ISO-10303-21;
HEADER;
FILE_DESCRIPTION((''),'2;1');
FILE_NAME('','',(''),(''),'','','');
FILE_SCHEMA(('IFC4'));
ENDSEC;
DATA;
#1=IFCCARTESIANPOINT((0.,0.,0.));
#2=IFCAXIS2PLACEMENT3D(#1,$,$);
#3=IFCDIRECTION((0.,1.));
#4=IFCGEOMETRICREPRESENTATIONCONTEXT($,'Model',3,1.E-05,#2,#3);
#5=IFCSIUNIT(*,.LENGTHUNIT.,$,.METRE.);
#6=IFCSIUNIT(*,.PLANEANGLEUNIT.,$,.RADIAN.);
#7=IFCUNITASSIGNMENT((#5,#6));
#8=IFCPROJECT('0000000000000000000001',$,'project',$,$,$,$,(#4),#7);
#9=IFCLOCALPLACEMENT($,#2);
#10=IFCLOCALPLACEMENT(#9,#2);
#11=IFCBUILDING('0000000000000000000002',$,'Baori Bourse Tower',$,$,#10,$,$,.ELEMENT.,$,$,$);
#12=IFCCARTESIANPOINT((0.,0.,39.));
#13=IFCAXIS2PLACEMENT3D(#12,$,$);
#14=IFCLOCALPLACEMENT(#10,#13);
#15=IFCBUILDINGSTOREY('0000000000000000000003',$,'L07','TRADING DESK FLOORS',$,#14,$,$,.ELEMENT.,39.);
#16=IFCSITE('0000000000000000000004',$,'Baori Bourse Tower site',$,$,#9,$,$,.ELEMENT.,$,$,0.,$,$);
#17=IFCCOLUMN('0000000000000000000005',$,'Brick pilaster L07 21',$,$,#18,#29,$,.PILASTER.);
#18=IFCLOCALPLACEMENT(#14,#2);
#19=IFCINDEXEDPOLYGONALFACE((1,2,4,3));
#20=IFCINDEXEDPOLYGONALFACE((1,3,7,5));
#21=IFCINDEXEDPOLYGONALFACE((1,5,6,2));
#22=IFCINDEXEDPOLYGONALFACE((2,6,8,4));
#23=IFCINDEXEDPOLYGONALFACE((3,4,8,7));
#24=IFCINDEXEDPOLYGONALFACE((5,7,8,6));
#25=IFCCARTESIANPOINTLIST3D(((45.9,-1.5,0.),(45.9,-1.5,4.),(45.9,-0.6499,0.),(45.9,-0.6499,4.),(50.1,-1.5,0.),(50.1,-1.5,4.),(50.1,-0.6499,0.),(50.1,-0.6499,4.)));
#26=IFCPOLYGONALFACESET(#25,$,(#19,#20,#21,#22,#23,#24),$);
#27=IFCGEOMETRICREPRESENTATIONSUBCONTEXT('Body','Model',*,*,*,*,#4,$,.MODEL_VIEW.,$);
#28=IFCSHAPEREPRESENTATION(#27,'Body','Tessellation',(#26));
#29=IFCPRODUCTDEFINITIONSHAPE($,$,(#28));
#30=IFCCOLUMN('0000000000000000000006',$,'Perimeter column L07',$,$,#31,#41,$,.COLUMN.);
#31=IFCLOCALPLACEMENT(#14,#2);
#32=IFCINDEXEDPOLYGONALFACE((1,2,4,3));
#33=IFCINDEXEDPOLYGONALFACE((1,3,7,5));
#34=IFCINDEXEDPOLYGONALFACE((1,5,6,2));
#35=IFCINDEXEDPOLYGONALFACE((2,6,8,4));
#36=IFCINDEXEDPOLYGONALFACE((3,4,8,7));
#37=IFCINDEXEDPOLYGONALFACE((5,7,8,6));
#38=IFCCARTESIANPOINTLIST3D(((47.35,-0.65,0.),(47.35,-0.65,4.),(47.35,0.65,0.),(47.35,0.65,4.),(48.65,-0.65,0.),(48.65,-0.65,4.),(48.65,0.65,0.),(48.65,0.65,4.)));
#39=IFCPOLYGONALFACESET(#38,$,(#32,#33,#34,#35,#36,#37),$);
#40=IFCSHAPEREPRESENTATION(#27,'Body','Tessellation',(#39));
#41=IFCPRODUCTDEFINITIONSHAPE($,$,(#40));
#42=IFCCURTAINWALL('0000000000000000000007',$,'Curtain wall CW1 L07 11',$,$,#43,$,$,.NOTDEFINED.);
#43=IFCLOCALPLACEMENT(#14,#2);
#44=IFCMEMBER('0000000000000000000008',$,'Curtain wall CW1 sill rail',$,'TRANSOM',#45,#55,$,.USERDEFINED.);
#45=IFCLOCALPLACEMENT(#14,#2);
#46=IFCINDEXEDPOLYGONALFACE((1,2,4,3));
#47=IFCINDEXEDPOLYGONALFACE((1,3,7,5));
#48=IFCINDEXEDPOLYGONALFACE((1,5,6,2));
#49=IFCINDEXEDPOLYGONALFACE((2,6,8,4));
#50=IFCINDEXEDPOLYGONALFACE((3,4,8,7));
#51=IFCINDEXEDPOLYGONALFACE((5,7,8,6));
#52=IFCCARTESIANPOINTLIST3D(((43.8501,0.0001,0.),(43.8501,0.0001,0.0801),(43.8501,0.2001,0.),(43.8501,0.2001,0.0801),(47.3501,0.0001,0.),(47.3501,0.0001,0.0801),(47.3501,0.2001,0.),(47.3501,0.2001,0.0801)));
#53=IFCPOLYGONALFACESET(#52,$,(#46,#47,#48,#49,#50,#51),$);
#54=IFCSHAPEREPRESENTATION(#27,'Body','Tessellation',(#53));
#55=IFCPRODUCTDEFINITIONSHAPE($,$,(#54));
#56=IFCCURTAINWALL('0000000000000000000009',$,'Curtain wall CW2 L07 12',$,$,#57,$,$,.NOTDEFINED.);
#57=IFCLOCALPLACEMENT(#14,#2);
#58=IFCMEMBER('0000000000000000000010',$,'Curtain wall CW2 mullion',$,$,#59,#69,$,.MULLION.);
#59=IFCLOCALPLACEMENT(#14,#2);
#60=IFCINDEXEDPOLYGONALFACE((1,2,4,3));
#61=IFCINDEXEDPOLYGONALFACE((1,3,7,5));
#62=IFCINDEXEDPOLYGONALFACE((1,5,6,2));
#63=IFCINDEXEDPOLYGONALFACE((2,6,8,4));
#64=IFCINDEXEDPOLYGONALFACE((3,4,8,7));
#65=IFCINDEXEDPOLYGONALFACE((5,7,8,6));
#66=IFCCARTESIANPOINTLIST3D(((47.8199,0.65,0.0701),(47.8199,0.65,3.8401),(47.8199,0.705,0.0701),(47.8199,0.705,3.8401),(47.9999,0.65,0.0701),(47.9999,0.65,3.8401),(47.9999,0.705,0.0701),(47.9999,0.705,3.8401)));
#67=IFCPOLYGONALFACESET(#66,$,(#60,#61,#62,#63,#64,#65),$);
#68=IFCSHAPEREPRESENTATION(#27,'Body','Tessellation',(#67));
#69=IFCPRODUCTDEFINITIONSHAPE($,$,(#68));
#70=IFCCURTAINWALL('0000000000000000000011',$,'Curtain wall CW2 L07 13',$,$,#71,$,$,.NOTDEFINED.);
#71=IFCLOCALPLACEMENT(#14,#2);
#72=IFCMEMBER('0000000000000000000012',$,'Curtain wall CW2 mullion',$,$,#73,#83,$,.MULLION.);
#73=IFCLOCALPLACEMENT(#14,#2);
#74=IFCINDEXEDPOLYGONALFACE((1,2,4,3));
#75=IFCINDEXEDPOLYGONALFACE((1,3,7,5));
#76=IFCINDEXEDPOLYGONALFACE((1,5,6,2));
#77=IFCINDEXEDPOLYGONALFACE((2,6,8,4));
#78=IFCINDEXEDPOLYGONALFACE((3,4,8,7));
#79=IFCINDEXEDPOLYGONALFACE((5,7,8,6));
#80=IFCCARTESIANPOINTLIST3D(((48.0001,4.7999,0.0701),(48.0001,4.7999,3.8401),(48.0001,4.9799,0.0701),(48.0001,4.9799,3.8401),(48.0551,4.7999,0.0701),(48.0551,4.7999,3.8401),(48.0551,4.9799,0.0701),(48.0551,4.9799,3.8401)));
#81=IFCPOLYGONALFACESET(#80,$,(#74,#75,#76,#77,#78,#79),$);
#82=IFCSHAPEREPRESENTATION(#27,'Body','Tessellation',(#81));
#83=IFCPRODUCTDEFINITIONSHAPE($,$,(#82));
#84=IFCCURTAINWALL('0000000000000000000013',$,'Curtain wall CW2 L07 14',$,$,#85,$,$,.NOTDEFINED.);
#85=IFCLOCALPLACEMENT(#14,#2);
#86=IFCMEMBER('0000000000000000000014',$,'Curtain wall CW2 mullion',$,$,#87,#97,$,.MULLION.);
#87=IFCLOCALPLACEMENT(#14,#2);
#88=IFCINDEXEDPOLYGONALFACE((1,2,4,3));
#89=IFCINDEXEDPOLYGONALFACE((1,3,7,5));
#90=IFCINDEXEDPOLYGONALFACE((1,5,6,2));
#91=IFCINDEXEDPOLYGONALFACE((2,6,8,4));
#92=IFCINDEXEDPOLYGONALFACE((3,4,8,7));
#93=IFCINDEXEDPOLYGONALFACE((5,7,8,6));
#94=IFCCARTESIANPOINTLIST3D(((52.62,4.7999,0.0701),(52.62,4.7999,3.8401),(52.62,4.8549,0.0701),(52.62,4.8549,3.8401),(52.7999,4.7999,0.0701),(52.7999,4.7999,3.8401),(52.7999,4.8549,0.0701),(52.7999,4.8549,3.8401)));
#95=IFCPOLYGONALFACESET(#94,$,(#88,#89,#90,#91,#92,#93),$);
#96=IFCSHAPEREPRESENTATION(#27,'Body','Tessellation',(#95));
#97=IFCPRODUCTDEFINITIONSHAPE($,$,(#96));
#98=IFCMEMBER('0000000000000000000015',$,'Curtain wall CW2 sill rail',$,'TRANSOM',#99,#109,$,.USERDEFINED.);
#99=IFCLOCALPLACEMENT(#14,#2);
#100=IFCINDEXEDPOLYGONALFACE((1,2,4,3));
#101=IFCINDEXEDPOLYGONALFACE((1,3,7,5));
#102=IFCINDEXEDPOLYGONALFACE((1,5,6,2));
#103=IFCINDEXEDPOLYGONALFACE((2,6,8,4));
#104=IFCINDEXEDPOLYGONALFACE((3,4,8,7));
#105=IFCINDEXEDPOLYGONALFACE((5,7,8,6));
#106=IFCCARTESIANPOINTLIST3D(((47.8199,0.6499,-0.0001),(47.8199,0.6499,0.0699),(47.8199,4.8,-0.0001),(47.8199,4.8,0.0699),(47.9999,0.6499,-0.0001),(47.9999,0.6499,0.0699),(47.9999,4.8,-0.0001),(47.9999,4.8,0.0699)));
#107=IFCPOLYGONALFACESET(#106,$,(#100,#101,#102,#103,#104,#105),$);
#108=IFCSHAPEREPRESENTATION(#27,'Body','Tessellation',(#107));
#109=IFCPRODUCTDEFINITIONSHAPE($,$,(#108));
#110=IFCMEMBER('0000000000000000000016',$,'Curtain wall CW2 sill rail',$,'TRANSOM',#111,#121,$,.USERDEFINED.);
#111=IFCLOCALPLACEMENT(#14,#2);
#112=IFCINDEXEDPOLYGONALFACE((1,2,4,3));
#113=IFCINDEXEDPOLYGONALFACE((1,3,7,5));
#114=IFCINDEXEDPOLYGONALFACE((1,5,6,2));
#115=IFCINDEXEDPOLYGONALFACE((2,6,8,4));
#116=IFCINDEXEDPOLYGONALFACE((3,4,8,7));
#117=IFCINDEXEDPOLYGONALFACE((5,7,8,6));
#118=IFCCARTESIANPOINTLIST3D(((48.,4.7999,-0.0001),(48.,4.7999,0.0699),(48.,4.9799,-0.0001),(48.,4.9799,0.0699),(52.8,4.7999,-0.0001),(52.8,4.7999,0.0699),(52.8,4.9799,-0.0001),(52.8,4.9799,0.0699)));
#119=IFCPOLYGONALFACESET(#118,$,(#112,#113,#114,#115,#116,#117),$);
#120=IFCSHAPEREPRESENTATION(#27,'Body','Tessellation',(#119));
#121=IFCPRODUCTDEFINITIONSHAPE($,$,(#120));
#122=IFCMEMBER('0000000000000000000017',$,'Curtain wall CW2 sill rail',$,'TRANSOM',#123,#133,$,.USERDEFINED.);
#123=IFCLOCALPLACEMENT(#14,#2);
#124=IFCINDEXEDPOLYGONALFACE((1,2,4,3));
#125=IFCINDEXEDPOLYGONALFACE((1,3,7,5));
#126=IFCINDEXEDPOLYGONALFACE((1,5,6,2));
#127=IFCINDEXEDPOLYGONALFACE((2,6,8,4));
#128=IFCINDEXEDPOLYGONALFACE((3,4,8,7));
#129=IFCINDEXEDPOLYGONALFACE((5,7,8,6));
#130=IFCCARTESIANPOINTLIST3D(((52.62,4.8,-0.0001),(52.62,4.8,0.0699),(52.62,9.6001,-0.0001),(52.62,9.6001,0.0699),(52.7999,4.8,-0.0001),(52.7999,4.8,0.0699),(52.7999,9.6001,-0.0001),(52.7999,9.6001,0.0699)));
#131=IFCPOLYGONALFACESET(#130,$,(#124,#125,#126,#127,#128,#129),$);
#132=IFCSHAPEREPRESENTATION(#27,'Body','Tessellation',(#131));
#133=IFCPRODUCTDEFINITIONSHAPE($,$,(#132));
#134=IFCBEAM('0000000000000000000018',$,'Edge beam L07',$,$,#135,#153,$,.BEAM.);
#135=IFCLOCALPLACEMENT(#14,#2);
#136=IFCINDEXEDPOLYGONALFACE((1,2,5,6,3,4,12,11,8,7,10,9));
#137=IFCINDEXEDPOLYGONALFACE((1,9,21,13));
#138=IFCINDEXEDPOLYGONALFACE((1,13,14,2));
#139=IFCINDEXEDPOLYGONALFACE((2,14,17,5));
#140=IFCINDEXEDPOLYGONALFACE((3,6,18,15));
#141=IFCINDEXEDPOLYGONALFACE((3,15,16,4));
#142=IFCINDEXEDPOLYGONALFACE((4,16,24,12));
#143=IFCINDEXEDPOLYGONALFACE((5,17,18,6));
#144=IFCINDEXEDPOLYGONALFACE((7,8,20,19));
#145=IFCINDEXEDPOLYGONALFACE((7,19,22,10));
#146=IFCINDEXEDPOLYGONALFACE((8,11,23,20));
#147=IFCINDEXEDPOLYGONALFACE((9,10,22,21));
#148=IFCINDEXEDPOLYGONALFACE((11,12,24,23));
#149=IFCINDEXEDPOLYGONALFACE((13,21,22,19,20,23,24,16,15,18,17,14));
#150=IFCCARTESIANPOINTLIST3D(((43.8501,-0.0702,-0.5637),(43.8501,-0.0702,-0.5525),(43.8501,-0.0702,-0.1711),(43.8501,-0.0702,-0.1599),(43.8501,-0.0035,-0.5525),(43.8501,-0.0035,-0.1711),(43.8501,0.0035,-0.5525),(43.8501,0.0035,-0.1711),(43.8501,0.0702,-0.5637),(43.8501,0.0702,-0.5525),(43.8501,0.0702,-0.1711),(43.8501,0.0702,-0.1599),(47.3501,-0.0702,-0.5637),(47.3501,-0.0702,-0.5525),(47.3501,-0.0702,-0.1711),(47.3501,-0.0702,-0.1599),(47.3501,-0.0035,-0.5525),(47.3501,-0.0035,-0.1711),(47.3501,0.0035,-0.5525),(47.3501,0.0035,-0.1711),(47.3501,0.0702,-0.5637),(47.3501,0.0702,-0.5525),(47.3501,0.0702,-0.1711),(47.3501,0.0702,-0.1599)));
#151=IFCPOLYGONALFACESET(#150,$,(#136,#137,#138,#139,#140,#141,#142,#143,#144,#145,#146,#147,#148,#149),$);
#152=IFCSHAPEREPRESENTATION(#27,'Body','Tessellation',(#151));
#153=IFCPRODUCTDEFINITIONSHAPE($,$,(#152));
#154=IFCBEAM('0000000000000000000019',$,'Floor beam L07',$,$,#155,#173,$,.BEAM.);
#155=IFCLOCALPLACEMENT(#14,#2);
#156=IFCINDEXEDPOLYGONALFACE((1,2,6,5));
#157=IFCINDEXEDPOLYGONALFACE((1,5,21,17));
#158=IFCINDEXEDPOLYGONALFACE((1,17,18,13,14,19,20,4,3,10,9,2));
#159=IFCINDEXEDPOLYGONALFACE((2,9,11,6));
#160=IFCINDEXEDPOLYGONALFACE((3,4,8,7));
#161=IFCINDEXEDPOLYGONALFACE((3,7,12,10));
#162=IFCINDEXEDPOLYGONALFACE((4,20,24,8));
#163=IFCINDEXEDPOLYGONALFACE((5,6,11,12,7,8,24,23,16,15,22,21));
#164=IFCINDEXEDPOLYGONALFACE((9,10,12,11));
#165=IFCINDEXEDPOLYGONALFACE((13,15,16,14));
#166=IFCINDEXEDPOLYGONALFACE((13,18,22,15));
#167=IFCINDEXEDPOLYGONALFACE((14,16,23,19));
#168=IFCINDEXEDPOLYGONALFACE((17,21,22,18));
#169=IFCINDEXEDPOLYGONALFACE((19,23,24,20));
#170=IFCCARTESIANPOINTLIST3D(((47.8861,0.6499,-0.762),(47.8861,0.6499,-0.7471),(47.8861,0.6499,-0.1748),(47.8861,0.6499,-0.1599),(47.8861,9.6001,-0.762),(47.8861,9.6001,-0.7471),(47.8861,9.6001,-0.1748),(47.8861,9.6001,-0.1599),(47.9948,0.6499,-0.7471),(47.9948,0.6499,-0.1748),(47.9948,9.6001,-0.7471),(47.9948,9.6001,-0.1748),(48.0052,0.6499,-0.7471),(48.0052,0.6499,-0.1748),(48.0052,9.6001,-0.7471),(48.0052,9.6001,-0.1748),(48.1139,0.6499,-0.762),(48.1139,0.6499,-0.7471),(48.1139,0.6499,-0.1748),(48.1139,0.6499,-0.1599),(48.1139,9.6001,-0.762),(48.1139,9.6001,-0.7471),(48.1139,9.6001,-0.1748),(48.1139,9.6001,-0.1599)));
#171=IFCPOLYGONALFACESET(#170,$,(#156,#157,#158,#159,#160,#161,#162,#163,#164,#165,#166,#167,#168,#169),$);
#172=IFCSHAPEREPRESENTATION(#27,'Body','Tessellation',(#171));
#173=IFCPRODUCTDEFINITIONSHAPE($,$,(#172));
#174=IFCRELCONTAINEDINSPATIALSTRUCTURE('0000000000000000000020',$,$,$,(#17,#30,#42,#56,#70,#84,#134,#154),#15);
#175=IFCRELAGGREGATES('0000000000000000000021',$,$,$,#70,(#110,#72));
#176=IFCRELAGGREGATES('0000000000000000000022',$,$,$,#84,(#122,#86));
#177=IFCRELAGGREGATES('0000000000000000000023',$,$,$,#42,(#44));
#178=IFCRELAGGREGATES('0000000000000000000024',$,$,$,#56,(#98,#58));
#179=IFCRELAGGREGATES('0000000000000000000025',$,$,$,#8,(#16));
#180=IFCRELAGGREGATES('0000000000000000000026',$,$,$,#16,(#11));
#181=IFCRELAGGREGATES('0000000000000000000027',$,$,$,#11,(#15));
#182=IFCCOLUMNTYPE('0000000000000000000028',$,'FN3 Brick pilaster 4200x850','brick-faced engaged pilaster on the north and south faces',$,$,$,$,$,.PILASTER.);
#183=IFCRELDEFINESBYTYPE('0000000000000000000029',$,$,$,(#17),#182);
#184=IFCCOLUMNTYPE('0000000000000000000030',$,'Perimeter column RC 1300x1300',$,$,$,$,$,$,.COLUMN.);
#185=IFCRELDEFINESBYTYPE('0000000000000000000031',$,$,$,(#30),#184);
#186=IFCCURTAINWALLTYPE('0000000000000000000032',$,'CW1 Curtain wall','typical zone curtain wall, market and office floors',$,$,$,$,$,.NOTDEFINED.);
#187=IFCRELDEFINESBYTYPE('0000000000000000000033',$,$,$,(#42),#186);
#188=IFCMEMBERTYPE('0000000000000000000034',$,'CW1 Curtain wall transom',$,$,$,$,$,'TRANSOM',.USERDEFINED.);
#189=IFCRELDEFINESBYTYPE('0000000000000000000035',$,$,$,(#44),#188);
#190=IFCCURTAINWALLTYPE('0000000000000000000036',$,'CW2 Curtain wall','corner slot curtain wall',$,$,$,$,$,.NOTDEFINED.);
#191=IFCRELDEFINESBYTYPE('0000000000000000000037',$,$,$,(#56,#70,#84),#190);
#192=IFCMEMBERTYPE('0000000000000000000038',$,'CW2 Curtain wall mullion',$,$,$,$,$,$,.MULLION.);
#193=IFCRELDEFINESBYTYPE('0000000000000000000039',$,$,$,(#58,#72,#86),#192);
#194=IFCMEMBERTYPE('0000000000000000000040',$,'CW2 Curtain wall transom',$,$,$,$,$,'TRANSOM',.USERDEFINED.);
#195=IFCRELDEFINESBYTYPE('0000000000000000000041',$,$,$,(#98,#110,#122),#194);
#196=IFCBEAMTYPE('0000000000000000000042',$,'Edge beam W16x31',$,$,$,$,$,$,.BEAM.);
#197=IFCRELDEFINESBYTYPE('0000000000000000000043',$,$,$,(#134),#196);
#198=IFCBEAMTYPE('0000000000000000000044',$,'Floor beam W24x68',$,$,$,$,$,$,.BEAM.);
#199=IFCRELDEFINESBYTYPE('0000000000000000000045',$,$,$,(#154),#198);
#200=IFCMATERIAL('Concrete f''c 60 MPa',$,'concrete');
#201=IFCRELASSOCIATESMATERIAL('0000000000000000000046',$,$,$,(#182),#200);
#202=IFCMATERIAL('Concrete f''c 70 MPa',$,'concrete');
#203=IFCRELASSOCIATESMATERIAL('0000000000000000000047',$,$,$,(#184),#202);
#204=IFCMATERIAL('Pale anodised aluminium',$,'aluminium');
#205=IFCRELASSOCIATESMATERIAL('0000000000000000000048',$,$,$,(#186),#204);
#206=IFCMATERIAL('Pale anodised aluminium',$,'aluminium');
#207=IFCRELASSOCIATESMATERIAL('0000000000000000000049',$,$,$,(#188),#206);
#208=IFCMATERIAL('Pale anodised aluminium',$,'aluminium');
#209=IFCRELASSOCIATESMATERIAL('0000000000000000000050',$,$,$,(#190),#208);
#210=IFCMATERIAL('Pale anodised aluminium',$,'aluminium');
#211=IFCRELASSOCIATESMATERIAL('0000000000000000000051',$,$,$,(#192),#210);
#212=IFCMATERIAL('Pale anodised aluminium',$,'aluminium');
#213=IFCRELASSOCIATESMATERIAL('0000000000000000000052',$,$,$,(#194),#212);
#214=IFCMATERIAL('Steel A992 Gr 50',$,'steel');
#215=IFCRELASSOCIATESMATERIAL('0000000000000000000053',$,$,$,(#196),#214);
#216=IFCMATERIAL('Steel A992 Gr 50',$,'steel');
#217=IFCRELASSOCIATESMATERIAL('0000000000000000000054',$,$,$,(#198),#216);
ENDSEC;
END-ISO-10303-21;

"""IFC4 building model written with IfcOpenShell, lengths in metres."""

from ifc_helpers import new_model, si_unit, direction, frame, origin, origin_2d, place, context, subcontext, project, spatial, rectangle, i_section, extrude, material, material_profile, profile_set, type_object, element, aggregate, save


model = new_model("IFC4")

# Units and contexts
model_context = context("Model", 3, precision=1e-05, world=origin(), true_north=direction((0.0, 1.0)))
body_context = subcontext(model_context, "Body", "Model", "MODEL_VIEW")
ifc_project = project(units=[si_unit("LENGTHUNIT", "METRE"), si_unit("PLANEANGLEUNIT", "RADIAN")], contexts=[model_context])

# Site, building, storey
site_placement = place(None, origin())
site = spatial("IfcSite", under=ifc_project, at=site_placement, Name="Baori Bourse Tower site", CompositionType="ELEMENT", RefElevation=0.0)
building_placement = place(site_placement, origin())
building = spatial("IfcBuilding", under=site, at=building_placement, Name="Baori Bourse Tower", CompositionType="ELEMENT")
storey_placement = place(building_placement, frame((0.0, 0.0, 39.0)))
storey = spatial("IfcBuildingStorey", under=building, at=storey_placement, Name="L07", Description="TRADING DESK FLOORS", CompositionType="ELEMENT", Elevation=39.0)

# Columns
ifc_material_1 = material(Name="Concrete f'c 60 MPa", Category="concrete")
ifc_material_profile_1 = material_profile(ifc_material_1, rectangle(XDim=4.2, YDim=0.8501, at=origin_2d()), Name="RC 4200x850")
ifc_profile_set_1 = profile_set([ifc_material_profile_1], Name="Concrete f'c 60 MPa")
column_type_1 = type_object("IfcColumnType", Name="FN3 Brick pilaster 4200x850", Description="brick-faced engaged pilaster on the north and south faces", PredefinedType="PILASTER", material=ifc_profile_set_1)
column_1_placement = place(storey_placement, frame((48.0, -1.075, 0.0), z_axis=(0.0, 0.0, 1.0), x_axis=(1.0, 0.0, 0.0)))
element("IfcColumn", 1, at=column_1_placement, inside=storey, type_object=column_type_1, Name="Brick pilaster L07 21", PredefinedType="PILASTER", context=body_context, shape_type="SweptSolid", body=[
    extrude(rectangle(XDim=4.2, YDim=0.8501, at=origin_2d()), origin(), (0.0, 0.0, 1.0), 4.0),
])
ifc_material_2 = material(Name="Concrete f'c 70 MPa", Category="concrete")
ifc_material_profile_2 = material_profile(ifc_material_2, rectangle(XDim=1.3, YDim=1.3, at=origin_2d()), Name="RC 1300x1300")
ifc_profile_set_2 = profile_set([ifc_material_profile_2], Name="Concrete f'c 70 MPa")
column_type_2 = type_object("IfcColumnType", Name="Perimeter column RC 1300x1300", PredefinedType="COLUMN", material=ifc_profile_set_2)
column_2_placement = place(storey_placement, frame((48.0, 0.0, 0.0), z_axis=(0.0, 0.0, 1.0), x_axis=(1.0, 0.0, 0.0)))
element("IfcColumn", 2, at=column_2_placement, inside=storey, type_object=column_type_2, Name="Perimeter column L07", PredefinedType="COLUMN", context=body_context, shape_type="SweptSolid", body=[
    extrude(rectangle(XDim=1.3, YDim=1.3, at=origin_2d()), origin(), (0.0, 0.0, 1.0), 4.0),
])

# Curtain walls, members
ifc_material_3 = material(Name="Pale anodised aluminium", Category="aluminium")
curtain_wall_type_1 = type_object("IfcCurtainWallType", Name="CW1 Curtain wall", Description="typical zone curtain wall, market and office floors", PredefinedType="NOTDEFINED", material=ifc_material_3)
curtain_wall_1_placement = place(storey_placement, origin())
curtain_wall_1 = element("IfcCurtainWall", 3, at=curtain_wall_1_placement, inside=storey, type_object=curtain_wall_type_1, Name="Curtain wall CW1 L07 11", PredefinedType="NOTDEFINED")
ifc_material_4 = material(Name="Pale anodised aluminium", Category="aluminium")
ifc_material_profile_3 = material_profile(ifc_material_4, rectangle(XDim=0.2, YDim=0.0801, at=origin_2d()), Name="Transom 80x200")
ifc_profile_set_3 = profile_set([ifc_material_profile_3], Name="Pale anodised aluminium")
member_type_1 = type_object("IfcMemberType", Name="CW1 Curtain wall transom", ElementType="TRANSOM", PredefinedType="USERDEFINED", material=ifc_profile_set_3)
member_1_placement = place(storey_placement, frame((43.8501, 0.1001, 0.04), z_axis=(1.0, 0.0, 0.0), x_axis=(0.0, 1.0, 0.0)))
member_1 = element("IfcMember", 4, at=member_1_placement, type_object=member_type_1, Name="Curtain wall CW1 sill rail", ObjectType="TRANSOM", PredefinedType="USERDEFINED", context=body_context, shape_type="SweptSolid", body=[
    extrude(rectangle(XDim=0.2, YDim=0.0801, at=origin_2d()), origin(), (0.0, 0.0, 1.0), 3.5),
])
ifc_material_5 = material(Name="Pale anodised aluminium", Category="aluminium")
curtain_wall_type_2 = type_object("IfcCurtainWallType", Name="CW2 Curtain wall", Description="corner slot curtain wall", PredefinedType="NOTDEFINED", material=ifc_material_5)
curtain_wall_2_placement = place(storey_placement, origin())
curtain_wall_2 = element("IfcCurtainWall", 5, at=curtain_wall_2_placement, inside=storey, type_object=curtain_wall_type_2, Name="Curtain wall CW2 L07 12", PredefinedType="NOTDEFINED")
ifc_material_6 = material(Name="Pale anodised aluminium", Category="aluminium")
ifc_material_profile_4 = material_profile(ifc_material_6, rectangle(XDim=0.1799, YDim=0.0549, at=origin_2d()), Name="Mullion 55x180")
ifc_profile_set_4 = profile_set([ifc_material_profile_4], Name="Pale anodised aluminium")
member_type_2 = type_object("IfcMemberType", Name="CW2 Curtain wall mullion", PredefinedType="MULLION", material=ifc_profile_set_4)
member_2_placement = place(storey_placement, frame((47.9099, 0.6775, 0.0701), z_axis=(0.0, 0.0, 1.0), x_axis=(-1.0, 0.0, 0.0)))
member_2 = element("IfcMember", 6, at=member_2_placement, type_object=member_type_2, Name="Curtain wall CW2 mullion", PredefinedType="MULLION", context=body_context, shape_type="SweptSolid", body=[
    extrude(rectangle(XDim=0.1799, YDim=0.0549, at=origin_2d()), origin(), (0.0, 0.0, 1.0), 3.77),
])
curtain_wall_3_placement = place(storey_placement, origin())
curtain_wall_3 = element("IfcCurtainWall", 7, at=curtain_wall_3_placement, inside=storey, type_object=curtain_wall_type_2, Name="Curtain wall CW2 L07 13", PredefinedType="NOTDEFINED")
member_3_placement = place(storey_placement, frame((48.0276, 4.8899, 0.0701), z_axis=(0.0, 0.0, 1.0), x_axis=(0.0, 1.0, 0.0)))
member_3 = element("IfcMember", 8, at=member_3_placement, type_object=member_type_2, Name="Curtain wall CW2 mullion", PredefinedType="MULLION", context=body_context, shape_type="SweptSolid", body=[
    extrude(rectangle(XDim=0.1799, YDim=0.0549, at=origin_2d()), origin(), (0.0, 0.0, 1.0), 3.77),
])
curtain_wall_4_placement = place(storey_placement, origin())
curtain_wall_4 = element("IfcCurtainWall", 9, at=curtain_wall_4_placement, inside=storey, type_object=curtain_wall_type_2, Name="Curtain wall CW2 L07 14", PredefinedType="NOTDEFINED")
member_4_placement = place(storey_placement, frame((52.71, 4.8274, 0.0701), z_axis=(0.0, 0.0, 1.0), x_axis=(-1.0, 0.0, 0.0)))
member_4 = element("IfcMember", 10, at=member_4_placement, type_object=member_type_2, Name="Curtain wall CW2 mullion", PredefinedType="MULLION", context=body_context, shape_type="SweptSolid", body=[
    extrude(rectangle(XDim=0.1799, YDim=0.0549, at=origin_2d()), origin(), (0.0, 0.0, 1.0), 3.77),
])

# Members
ifc_material_7 = material(Name="Pale anodised aluminium", Category="aluminium")
ifc_material_profile_5 = material_profile(ifc_material_7, rectangle(XDim=0.1799, YDim=0.0701, at=origin_2d()), Name="Transom 70x180")
ifc_profile_set_5 = profile_set([ifc_material_profile_5], Name="Pale anodised aluminium")
member_type_3 = type_object("IfcMemberType", Name="CW2 Curtain wall transom", ElementType="TRANSOM", PredefinedType="USERDEFINED", material=ifc_profile_set_5)
member_5_placement = place(storey_placement, frame((47.9099, 0.6499, 0.0349), z_axis=(0.0, 1.0, 0.0), x_axis=(-1.0, 0.0, 0.0)))
member_5 = element("IfcMember", 11, at=member_5_placement, type_object=member_type_3, Name="Curtain wall CW2 sill rail", ObjectType="TRANSOM", PredefinedType="USERDEFINED", context=body_context, shape_type="SweptSolid", body=[
    extrude(rectangle(XDim=0.1799, YDim=0.0701, at=origin_2d()), origin(), (0.0, 0.0, 1.0), 4.1501),
])
member_6_placement = place(storey_placement, frame((48.0, 4.8899, 0.0349), z_axis=(1.0, 0.0, 0.0), x_axis=(0.0, 1.0, 0.0)))
member_6 = element("IfcMember", 12, at=member_6_placement, type_object=member_type_3, Name="Curtain wall CW2 sill rail", ObjectType="TRANSOM", PredefinedType="USERDEFINED", context=body_context, shape_type="SweptSolid", body=[
    extrude(rectangle(XDim=0.1799, YDim=0.0701, at=origin_2d()), origin(), (0.0, 0.0, 1.0), 4.8),
])
aggregate(curtain_wall_3, [member_6, member_3])
member_7_placement = place(storey_placement, frame((52.71, 4.8, 0.0349), z_axis=(0.0, 1.0, 0.0), x_axis=(-1.0, 0.0, 0.0)))
member_7 = element("IfcMember", 13, at=member_7_placement, type_object=member_type_3, Name="Curtain wall CW2 sill rail", ObjectType="TRANSOM", PredefinedType="USERDEFINED", context=body_context, shape_type="SweptSolid", body=[
    extrude(rectangle(XDim=0.1799, YDim=0.0701, at=origin_2d()), origin(), (0.0, 0.0, 1.0), 4.8),
])
aggregate(curtain_wall_4, [member_7, member_4])

# Beams
ifc_material_8 = material(Name="Steel A992 Gr 50", Category="steel")
ifc_material_profile_6 = material_profile(ifc_material_8, i_section(OverallWidth=0.1404, OverallDepth=0.4038, WebThickness=0.0071, FlangeThickness=0.0112, at=origin_2d()), Name="W16x31")
ifc_profile_set_6 = profile_set([ifc_material_profile_6], Name="Steel A992 Gr 50")
beam_type_1 = type_object("IfcBeamType", Name="Edge beam W16x31", PredefinedType="BEAM", material=ifc_profile_set_6)
beam_1_placement = place(storey_placement, frame((43.8501, 0.0, -0.3618), z_axis=(1.0, 0.0, 0.0), x_axis=(0.0, 1.0, 0.0)))
element("IfcBeam", 14, at=beam_1_placement, inside=storey, type_object=beam_type_1, Name="Edge beam L07", PredefinedType="BEAM", context=body_context, shape_type="SweptSolid", body=[
    extrude(i_section(OverallWidth=0.1404, OverallDepth=0.4038, WebThickness=0.0071, FlangeThickness=0.0112, at=origin_2d()), origin(), (0.0, 0.0, 1.0), 3.5),
])
ifc_material_9 = material(Name="Steel A992 Gr 50", Category="steel")
ifc_material_profile_7 = material_profile(ifc_material_9, i_section(OverallWidth=0.2278, OverallDepth=0.6021, WebThickness=0.0105, FlangeThickness=0.0149, at=origin_2d()), Name="W24x68")
ifc_profile_set_7 = profile_set([ifc_material_profile_7], Name="Steel A992 Gr 50")
beam_type_2 = type_object("IfcBeamType", Name="Floor beam W24x68", PredefinedType="BEAM", material=ifc_profile_set_7)
beam_2_placement = place(storey_placement, frame((48.0, 0.6499, -0.4609), z_axis=(0.0, 1.0, 0.0), x_axis=(-1.0, 0.0, 0.0)))
element("IfcBeam", 15, at=beam_2_placement, inside=storey, type_object=beam_type_2, Name="Floor beam L07", PredefinedType="BEAM", context=body_context, shape_type="SweptSolid", body=[
    extrude(i_section(OverallWidth=0.2278, OverallDepth=0.6021, WebThickness=0.0105, FlangeThickness=0.0149, at=origin_2d()), origin(), (0.0, 0.0, 1.0), 8.9502),
])

aggregate(curtain_wall_1, [member_1])
aggregate(curtain_wall_2, [member_5, member_2])

save(model, "model.ifc")
